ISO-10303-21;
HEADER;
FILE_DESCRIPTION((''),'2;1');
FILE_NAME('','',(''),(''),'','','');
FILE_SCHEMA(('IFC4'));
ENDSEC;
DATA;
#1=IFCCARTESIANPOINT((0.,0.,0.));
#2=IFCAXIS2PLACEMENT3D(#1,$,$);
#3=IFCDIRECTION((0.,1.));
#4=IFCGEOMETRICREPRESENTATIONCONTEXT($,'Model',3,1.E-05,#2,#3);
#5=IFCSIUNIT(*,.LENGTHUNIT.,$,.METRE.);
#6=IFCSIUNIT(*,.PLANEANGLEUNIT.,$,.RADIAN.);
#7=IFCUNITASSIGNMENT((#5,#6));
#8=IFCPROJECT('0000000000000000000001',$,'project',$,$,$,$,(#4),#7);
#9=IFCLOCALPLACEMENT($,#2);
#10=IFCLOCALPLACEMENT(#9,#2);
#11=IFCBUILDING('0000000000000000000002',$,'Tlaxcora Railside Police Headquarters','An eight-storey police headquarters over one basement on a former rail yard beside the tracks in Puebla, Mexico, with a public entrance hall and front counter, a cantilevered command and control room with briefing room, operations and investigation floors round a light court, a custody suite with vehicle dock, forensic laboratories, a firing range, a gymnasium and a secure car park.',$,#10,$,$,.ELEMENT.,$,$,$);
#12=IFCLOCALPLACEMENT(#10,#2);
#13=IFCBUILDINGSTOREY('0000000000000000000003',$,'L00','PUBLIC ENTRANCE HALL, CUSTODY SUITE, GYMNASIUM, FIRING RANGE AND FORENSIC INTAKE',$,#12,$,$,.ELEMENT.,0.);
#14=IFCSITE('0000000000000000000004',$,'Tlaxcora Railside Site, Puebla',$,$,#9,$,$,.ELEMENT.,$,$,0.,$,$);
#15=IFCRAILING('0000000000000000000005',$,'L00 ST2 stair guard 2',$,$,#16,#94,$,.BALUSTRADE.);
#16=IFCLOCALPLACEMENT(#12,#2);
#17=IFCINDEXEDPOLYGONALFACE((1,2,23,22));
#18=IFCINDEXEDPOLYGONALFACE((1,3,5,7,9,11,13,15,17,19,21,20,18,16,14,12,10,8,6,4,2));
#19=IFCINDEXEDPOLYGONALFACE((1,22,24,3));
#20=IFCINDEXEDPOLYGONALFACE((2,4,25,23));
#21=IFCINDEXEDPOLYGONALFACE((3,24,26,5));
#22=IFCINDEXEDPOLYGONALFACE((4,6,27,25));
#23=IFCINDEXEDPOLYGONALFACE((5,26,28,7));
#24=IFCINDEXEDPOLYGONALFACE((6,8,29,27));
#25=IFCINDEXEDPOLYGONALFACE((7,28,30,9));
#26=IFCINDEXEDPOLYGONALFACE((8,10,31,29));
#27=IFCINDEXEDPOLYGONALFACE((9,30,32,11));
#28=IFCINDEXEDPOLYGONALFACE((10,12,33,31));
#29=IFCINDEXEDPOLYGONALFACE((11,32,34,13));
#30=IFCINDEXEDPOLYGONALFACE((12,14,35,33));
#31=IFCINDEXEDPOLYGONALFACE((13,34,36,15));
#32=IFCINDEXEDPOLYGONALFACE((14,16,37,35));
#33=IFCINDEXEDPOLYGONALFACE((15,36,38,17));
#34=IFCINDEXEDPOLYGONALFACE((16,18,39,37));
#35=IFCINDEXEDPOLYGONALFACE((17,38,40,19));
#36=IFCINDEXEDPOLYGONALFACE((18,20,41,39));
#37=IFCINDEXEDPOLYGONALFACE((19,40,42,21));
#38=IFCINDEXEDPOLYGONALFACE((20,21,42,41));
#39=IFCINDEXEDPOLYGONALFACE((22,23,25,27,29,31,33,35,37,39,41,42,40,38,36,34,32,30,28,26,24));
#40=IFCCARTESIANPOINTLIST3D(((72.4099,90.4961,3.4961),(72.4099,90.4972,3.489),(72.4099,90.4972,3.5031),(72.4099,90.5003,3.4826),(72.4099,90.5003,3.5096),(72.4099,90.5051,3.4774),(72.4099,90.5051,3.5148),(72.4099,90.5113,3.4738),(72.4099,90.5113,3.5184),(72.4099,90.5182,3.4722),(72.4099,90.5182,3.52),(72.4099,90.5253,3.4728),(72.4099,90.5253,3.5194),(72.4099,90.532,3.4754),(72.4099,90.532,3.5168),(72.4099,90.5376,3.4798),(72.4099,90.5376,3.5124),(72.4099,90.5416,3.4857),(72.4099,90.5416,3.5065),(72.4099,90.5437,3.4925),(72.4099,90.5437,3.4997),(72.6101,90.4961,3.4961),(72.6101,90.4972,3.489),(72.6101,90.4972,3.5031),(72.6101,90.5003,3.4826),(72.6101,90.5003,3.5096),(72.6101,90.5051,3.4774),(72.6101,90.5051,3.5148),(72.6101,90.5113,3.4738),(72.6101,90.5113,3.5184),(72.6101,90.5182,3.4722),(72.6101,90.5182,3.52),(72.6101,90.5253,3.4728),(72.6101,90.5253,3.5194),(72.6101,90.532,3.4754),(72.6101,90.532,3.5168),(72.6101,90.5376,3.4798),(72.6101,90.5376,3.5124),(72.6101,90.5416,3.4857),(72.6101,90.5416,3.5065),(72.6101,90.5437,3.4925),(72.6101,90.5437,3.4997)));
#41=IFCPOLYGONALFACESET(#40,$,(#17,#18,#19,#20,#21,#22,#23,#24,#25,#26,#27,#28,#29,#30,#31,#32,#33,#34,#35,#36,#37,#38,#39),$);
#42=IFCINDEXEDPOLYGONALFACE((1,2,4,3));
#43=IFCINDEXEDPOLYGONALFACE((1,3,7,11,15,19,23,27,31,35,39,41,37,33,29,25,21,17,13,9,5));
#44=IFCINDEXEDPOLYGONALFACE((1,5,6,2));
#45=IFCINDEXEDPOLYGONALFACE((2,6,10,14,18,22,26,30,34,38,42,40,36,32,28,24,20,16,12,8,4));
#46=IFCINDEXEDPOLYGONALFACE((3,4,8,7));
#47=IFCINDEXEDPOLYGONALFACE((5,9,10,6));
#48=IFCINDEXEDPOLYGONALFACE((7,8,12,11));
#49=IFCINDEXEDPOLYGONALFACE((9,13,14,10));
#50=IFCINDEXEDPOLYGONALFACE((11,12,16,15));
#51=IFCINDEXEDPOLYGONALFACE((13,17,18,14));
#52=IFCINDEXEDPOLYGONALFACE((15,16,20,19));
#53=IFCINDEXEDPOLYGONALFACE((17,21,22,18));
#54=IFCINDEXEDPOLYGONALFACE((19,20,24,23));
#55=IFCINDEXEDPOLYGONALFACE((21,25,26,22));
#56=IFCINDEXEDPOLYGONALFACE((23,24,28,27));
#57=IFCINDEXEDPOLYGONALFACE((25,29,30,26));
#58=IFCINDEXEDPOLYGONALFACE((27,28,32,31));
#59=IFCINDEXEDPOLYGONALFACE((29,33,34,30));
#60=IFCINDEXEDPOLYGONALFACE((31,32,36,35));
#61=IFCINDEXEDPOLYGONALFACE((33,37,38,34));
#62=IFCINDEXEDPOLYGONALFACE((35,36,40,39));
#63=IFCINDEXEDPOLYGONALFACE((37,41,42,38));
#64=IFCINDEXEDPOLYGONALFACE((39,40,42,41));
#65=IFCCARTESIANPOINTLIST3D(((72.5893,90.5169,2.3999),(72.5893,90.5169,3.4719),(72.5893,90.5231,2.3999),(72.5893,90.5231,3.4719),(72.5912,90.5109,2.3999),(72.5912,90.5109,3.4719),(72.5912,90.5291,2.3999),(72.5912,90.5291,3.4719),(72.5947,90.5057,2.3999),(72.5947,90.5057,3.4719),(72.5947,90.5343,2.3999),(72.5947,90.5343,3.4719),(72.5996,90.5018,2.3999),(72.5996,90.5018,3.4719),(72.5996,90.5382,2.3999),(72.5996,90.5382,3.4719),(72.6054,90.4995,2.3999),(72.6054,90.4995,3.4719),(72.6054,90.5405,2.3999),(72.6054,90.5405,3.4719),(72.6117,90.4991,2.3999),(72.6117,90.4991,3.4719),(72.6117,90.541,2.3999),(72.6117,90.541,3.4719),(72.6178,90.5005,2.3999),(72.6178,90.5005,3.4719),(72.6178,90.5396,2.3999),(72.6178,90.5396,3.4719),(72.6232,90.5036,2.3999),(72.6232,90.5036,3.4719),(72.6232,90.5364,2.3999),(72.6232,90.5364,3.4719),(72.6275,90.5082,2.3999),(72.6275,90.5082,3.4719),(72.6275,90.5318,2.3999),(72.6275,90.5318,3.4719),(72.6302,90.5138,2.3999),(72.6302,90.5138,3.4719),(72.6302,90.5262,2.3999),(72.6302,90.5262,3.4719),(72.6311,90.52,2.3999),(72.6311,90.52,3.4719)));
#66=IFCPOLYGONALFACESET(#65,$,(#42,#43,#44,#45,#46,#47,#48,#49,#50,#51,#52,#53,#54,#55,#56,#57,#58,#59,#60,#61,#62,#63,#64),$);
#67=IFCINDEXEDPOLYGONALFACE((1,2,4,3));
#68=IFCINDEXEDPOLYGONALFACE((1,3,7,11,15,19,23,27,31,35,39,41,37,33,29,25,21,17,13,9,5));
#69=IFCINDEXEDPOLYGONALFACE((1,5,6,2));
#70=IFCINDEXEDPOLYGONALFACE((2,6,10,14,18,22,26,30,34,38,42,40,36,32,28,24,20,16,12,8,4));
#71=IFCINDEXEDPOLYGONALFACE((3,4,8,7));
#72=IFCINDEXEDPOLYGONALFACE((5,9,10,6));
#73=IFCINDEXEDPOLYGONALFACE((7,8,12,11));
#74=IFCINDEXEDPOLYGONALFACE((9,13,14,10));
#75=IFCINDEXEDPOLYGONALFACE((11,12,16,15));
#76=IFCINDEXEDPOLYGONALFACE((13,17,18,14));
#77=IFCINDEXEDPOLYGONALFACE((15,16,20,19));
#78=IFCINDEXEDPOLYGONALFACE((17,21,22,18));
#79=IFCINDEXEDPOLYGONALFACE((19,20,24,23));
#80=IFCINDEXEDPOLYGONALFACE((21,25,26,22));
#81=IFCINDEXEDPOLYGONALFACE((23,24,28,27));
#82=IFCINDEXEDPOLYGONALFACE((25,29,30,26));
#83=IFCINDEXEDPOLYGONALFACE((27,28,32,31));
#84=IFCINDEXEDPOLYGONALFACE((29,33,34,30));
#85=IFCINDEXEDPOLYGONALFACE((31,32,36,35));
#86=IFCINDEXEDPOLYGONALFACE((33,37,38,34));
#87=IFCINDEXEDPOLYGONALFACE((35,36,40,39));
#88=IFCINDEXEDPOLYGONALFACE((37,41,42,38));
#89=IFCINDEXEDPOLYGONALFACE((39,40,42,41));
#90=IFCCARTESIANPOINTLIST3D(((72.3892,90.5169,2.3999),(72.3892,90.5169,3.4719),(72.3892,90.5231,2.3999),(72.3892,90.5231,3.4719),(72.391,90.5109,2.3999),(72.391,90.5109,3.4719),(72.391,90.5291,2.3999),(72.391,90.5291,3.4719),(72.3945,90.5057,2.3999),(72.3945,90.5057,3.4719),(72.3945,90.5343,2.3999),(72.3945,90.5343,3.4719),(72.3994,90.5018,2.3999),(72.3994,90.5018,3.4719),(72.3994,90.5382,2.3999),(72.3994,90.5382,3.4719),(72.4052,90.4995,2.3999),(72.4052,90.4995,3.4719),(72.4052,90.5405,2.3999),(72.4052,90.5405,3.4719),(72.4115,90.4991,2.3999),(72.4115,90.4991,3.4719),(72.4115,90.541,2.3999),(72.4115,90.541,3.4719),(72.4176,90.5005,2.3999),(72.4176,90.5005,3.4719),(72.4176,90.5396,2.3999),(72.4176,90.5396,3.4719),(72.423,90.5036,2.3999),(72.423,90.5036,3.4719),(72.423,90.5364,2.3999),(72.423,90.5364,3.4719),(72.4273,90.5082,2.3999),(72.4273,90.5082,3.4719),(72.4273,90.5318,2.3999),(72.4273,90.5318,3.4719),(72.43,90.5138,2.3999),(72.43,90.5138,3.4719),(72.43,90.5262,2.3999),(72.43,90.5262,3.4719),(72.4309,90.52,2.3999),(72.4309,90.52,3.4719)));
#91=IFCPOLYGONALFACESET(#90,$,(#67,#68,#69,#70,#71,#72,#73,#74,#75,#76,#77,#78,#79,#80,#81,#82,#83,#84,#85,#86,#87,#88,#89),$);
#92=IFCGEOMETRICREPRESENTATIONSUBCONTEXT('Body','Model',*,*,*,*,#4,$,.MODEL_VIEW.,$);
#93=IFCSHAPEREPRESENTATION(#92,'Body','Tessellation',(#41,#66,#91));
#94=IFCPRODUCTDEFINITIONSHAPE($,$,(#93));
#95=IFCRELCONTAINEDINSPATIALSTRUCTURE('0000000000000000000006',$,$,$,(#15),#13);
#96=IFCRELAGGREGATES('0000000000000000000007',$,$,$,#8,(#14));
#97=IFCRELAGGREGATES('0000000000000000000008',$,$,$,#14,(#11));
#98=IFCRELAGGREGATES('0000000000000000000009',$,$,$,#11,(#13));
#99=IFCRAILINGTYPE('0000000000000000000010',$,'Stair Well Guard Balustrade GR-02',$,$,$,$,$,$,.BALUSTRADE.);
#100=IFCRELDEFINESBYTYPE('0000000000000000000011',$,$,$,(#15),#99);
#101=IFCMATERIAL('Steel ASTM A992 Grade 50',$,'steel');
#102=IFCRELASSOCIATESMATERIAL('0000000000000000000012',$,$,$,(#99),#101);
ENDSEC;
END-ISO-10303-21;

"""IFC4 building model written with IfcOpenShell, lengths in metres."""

from ifc_helpers import new_model, si_unit, direction, frame, origin, origin_2d, place, context, subcontext, project, spatial, circle, extrude, material, type_object, element, save


model = new_model("IFC4")

# Units and contexts
model_context = context("Model", 3, precision=1e-05, world=origin(), true_north=direction((0.0, 1.0)))
body_context = subcontext(model_context, "Body", "Model", "MODEL_VIEW")
ifc_project = project(units=[si_unit("LENGTHUNIT", "METRE"), si_unit("PLANEANGLEUNIT", "RADIAN")], contexts=[model_context])

# Site, building, storey
site_placement = place(None, origin())
site = spatial("IfcSite", under=ifc_project, at=site_placement, Name="Tlaxcora Railside Site, Puebla", CompositionType="ELEMENT", RefElevation=0.0)
building_placement = place(site_placement, origin())
building = spatial("IfcBuilding", under=site, at=building_placement, Name="Tlaxcora Railside Police Headquarters", Description="An eight-storey police headquarters over one basement on a former rail yard beside the tracks in Puebla, Mexico, with a public entrance hall and front counter, a cantilevered command and control room with briefing room, operations and investigation floors round a light court, a custody suite with vehicle dock, forensic laboratories, a firing range, a gymnasium and a secure car park.", CompositionType="ELEMENT")
storey_placement = place(building_placement, origin())
storey = spatial("IfcBuildingStorey", under=building, at=storey_placement, Name="L00", Description="PUBLIC ENTRANCE HALL, CUSTODY SUITE, GYMNASIUM, FIRING RANGE AND FORENSIC INTAKE", CompositionType="ELEMENT", Elevation=0.0)

# Shared definitions
ifc_material_1 = material(Name="Steel ASTM A992 Grade 50", Category="steel")

# Railing
railing_type_1 = type_object("IfcRailingType", Name="Stair Well Guard Balustrade GR-02", PredefinedType="BALUSTRADE", material=ifc_material_1)
railing_1_placement = place(storey_placement, frame((72.6101, 90.52, 2.3999)))
element("IfcRailing", 1, at=railing_1_placement, inside=storey, type_object=railing_type_1, Name="L00 ST2 stair guard 2", PredefinedType="BALUSTRADE", context=body_context, shape_type="SweptSolid", body=[
    extrude(circle(Radius=0.0239, at=origin_2d()), frame((0.0, 0.0, 1.0962), z_axis=(-1.0, 0.0, 0.0), x_axis=(0.0, -1.0, 0.0)), (0.0, 0.0, 1.0), 0.2002),
    extrude(circle(Radius=0.021, at=origin_2d()), origin(), (0.0, 0.0, 1.0), 1.072),
    extrude(circle(Radius=0.021, at=origin_2d()), frame((-0.2002, 0.0, 0.0)), (0.0, 0.0, 1.0), 1.072),
])

save(model, "model.ifc")
